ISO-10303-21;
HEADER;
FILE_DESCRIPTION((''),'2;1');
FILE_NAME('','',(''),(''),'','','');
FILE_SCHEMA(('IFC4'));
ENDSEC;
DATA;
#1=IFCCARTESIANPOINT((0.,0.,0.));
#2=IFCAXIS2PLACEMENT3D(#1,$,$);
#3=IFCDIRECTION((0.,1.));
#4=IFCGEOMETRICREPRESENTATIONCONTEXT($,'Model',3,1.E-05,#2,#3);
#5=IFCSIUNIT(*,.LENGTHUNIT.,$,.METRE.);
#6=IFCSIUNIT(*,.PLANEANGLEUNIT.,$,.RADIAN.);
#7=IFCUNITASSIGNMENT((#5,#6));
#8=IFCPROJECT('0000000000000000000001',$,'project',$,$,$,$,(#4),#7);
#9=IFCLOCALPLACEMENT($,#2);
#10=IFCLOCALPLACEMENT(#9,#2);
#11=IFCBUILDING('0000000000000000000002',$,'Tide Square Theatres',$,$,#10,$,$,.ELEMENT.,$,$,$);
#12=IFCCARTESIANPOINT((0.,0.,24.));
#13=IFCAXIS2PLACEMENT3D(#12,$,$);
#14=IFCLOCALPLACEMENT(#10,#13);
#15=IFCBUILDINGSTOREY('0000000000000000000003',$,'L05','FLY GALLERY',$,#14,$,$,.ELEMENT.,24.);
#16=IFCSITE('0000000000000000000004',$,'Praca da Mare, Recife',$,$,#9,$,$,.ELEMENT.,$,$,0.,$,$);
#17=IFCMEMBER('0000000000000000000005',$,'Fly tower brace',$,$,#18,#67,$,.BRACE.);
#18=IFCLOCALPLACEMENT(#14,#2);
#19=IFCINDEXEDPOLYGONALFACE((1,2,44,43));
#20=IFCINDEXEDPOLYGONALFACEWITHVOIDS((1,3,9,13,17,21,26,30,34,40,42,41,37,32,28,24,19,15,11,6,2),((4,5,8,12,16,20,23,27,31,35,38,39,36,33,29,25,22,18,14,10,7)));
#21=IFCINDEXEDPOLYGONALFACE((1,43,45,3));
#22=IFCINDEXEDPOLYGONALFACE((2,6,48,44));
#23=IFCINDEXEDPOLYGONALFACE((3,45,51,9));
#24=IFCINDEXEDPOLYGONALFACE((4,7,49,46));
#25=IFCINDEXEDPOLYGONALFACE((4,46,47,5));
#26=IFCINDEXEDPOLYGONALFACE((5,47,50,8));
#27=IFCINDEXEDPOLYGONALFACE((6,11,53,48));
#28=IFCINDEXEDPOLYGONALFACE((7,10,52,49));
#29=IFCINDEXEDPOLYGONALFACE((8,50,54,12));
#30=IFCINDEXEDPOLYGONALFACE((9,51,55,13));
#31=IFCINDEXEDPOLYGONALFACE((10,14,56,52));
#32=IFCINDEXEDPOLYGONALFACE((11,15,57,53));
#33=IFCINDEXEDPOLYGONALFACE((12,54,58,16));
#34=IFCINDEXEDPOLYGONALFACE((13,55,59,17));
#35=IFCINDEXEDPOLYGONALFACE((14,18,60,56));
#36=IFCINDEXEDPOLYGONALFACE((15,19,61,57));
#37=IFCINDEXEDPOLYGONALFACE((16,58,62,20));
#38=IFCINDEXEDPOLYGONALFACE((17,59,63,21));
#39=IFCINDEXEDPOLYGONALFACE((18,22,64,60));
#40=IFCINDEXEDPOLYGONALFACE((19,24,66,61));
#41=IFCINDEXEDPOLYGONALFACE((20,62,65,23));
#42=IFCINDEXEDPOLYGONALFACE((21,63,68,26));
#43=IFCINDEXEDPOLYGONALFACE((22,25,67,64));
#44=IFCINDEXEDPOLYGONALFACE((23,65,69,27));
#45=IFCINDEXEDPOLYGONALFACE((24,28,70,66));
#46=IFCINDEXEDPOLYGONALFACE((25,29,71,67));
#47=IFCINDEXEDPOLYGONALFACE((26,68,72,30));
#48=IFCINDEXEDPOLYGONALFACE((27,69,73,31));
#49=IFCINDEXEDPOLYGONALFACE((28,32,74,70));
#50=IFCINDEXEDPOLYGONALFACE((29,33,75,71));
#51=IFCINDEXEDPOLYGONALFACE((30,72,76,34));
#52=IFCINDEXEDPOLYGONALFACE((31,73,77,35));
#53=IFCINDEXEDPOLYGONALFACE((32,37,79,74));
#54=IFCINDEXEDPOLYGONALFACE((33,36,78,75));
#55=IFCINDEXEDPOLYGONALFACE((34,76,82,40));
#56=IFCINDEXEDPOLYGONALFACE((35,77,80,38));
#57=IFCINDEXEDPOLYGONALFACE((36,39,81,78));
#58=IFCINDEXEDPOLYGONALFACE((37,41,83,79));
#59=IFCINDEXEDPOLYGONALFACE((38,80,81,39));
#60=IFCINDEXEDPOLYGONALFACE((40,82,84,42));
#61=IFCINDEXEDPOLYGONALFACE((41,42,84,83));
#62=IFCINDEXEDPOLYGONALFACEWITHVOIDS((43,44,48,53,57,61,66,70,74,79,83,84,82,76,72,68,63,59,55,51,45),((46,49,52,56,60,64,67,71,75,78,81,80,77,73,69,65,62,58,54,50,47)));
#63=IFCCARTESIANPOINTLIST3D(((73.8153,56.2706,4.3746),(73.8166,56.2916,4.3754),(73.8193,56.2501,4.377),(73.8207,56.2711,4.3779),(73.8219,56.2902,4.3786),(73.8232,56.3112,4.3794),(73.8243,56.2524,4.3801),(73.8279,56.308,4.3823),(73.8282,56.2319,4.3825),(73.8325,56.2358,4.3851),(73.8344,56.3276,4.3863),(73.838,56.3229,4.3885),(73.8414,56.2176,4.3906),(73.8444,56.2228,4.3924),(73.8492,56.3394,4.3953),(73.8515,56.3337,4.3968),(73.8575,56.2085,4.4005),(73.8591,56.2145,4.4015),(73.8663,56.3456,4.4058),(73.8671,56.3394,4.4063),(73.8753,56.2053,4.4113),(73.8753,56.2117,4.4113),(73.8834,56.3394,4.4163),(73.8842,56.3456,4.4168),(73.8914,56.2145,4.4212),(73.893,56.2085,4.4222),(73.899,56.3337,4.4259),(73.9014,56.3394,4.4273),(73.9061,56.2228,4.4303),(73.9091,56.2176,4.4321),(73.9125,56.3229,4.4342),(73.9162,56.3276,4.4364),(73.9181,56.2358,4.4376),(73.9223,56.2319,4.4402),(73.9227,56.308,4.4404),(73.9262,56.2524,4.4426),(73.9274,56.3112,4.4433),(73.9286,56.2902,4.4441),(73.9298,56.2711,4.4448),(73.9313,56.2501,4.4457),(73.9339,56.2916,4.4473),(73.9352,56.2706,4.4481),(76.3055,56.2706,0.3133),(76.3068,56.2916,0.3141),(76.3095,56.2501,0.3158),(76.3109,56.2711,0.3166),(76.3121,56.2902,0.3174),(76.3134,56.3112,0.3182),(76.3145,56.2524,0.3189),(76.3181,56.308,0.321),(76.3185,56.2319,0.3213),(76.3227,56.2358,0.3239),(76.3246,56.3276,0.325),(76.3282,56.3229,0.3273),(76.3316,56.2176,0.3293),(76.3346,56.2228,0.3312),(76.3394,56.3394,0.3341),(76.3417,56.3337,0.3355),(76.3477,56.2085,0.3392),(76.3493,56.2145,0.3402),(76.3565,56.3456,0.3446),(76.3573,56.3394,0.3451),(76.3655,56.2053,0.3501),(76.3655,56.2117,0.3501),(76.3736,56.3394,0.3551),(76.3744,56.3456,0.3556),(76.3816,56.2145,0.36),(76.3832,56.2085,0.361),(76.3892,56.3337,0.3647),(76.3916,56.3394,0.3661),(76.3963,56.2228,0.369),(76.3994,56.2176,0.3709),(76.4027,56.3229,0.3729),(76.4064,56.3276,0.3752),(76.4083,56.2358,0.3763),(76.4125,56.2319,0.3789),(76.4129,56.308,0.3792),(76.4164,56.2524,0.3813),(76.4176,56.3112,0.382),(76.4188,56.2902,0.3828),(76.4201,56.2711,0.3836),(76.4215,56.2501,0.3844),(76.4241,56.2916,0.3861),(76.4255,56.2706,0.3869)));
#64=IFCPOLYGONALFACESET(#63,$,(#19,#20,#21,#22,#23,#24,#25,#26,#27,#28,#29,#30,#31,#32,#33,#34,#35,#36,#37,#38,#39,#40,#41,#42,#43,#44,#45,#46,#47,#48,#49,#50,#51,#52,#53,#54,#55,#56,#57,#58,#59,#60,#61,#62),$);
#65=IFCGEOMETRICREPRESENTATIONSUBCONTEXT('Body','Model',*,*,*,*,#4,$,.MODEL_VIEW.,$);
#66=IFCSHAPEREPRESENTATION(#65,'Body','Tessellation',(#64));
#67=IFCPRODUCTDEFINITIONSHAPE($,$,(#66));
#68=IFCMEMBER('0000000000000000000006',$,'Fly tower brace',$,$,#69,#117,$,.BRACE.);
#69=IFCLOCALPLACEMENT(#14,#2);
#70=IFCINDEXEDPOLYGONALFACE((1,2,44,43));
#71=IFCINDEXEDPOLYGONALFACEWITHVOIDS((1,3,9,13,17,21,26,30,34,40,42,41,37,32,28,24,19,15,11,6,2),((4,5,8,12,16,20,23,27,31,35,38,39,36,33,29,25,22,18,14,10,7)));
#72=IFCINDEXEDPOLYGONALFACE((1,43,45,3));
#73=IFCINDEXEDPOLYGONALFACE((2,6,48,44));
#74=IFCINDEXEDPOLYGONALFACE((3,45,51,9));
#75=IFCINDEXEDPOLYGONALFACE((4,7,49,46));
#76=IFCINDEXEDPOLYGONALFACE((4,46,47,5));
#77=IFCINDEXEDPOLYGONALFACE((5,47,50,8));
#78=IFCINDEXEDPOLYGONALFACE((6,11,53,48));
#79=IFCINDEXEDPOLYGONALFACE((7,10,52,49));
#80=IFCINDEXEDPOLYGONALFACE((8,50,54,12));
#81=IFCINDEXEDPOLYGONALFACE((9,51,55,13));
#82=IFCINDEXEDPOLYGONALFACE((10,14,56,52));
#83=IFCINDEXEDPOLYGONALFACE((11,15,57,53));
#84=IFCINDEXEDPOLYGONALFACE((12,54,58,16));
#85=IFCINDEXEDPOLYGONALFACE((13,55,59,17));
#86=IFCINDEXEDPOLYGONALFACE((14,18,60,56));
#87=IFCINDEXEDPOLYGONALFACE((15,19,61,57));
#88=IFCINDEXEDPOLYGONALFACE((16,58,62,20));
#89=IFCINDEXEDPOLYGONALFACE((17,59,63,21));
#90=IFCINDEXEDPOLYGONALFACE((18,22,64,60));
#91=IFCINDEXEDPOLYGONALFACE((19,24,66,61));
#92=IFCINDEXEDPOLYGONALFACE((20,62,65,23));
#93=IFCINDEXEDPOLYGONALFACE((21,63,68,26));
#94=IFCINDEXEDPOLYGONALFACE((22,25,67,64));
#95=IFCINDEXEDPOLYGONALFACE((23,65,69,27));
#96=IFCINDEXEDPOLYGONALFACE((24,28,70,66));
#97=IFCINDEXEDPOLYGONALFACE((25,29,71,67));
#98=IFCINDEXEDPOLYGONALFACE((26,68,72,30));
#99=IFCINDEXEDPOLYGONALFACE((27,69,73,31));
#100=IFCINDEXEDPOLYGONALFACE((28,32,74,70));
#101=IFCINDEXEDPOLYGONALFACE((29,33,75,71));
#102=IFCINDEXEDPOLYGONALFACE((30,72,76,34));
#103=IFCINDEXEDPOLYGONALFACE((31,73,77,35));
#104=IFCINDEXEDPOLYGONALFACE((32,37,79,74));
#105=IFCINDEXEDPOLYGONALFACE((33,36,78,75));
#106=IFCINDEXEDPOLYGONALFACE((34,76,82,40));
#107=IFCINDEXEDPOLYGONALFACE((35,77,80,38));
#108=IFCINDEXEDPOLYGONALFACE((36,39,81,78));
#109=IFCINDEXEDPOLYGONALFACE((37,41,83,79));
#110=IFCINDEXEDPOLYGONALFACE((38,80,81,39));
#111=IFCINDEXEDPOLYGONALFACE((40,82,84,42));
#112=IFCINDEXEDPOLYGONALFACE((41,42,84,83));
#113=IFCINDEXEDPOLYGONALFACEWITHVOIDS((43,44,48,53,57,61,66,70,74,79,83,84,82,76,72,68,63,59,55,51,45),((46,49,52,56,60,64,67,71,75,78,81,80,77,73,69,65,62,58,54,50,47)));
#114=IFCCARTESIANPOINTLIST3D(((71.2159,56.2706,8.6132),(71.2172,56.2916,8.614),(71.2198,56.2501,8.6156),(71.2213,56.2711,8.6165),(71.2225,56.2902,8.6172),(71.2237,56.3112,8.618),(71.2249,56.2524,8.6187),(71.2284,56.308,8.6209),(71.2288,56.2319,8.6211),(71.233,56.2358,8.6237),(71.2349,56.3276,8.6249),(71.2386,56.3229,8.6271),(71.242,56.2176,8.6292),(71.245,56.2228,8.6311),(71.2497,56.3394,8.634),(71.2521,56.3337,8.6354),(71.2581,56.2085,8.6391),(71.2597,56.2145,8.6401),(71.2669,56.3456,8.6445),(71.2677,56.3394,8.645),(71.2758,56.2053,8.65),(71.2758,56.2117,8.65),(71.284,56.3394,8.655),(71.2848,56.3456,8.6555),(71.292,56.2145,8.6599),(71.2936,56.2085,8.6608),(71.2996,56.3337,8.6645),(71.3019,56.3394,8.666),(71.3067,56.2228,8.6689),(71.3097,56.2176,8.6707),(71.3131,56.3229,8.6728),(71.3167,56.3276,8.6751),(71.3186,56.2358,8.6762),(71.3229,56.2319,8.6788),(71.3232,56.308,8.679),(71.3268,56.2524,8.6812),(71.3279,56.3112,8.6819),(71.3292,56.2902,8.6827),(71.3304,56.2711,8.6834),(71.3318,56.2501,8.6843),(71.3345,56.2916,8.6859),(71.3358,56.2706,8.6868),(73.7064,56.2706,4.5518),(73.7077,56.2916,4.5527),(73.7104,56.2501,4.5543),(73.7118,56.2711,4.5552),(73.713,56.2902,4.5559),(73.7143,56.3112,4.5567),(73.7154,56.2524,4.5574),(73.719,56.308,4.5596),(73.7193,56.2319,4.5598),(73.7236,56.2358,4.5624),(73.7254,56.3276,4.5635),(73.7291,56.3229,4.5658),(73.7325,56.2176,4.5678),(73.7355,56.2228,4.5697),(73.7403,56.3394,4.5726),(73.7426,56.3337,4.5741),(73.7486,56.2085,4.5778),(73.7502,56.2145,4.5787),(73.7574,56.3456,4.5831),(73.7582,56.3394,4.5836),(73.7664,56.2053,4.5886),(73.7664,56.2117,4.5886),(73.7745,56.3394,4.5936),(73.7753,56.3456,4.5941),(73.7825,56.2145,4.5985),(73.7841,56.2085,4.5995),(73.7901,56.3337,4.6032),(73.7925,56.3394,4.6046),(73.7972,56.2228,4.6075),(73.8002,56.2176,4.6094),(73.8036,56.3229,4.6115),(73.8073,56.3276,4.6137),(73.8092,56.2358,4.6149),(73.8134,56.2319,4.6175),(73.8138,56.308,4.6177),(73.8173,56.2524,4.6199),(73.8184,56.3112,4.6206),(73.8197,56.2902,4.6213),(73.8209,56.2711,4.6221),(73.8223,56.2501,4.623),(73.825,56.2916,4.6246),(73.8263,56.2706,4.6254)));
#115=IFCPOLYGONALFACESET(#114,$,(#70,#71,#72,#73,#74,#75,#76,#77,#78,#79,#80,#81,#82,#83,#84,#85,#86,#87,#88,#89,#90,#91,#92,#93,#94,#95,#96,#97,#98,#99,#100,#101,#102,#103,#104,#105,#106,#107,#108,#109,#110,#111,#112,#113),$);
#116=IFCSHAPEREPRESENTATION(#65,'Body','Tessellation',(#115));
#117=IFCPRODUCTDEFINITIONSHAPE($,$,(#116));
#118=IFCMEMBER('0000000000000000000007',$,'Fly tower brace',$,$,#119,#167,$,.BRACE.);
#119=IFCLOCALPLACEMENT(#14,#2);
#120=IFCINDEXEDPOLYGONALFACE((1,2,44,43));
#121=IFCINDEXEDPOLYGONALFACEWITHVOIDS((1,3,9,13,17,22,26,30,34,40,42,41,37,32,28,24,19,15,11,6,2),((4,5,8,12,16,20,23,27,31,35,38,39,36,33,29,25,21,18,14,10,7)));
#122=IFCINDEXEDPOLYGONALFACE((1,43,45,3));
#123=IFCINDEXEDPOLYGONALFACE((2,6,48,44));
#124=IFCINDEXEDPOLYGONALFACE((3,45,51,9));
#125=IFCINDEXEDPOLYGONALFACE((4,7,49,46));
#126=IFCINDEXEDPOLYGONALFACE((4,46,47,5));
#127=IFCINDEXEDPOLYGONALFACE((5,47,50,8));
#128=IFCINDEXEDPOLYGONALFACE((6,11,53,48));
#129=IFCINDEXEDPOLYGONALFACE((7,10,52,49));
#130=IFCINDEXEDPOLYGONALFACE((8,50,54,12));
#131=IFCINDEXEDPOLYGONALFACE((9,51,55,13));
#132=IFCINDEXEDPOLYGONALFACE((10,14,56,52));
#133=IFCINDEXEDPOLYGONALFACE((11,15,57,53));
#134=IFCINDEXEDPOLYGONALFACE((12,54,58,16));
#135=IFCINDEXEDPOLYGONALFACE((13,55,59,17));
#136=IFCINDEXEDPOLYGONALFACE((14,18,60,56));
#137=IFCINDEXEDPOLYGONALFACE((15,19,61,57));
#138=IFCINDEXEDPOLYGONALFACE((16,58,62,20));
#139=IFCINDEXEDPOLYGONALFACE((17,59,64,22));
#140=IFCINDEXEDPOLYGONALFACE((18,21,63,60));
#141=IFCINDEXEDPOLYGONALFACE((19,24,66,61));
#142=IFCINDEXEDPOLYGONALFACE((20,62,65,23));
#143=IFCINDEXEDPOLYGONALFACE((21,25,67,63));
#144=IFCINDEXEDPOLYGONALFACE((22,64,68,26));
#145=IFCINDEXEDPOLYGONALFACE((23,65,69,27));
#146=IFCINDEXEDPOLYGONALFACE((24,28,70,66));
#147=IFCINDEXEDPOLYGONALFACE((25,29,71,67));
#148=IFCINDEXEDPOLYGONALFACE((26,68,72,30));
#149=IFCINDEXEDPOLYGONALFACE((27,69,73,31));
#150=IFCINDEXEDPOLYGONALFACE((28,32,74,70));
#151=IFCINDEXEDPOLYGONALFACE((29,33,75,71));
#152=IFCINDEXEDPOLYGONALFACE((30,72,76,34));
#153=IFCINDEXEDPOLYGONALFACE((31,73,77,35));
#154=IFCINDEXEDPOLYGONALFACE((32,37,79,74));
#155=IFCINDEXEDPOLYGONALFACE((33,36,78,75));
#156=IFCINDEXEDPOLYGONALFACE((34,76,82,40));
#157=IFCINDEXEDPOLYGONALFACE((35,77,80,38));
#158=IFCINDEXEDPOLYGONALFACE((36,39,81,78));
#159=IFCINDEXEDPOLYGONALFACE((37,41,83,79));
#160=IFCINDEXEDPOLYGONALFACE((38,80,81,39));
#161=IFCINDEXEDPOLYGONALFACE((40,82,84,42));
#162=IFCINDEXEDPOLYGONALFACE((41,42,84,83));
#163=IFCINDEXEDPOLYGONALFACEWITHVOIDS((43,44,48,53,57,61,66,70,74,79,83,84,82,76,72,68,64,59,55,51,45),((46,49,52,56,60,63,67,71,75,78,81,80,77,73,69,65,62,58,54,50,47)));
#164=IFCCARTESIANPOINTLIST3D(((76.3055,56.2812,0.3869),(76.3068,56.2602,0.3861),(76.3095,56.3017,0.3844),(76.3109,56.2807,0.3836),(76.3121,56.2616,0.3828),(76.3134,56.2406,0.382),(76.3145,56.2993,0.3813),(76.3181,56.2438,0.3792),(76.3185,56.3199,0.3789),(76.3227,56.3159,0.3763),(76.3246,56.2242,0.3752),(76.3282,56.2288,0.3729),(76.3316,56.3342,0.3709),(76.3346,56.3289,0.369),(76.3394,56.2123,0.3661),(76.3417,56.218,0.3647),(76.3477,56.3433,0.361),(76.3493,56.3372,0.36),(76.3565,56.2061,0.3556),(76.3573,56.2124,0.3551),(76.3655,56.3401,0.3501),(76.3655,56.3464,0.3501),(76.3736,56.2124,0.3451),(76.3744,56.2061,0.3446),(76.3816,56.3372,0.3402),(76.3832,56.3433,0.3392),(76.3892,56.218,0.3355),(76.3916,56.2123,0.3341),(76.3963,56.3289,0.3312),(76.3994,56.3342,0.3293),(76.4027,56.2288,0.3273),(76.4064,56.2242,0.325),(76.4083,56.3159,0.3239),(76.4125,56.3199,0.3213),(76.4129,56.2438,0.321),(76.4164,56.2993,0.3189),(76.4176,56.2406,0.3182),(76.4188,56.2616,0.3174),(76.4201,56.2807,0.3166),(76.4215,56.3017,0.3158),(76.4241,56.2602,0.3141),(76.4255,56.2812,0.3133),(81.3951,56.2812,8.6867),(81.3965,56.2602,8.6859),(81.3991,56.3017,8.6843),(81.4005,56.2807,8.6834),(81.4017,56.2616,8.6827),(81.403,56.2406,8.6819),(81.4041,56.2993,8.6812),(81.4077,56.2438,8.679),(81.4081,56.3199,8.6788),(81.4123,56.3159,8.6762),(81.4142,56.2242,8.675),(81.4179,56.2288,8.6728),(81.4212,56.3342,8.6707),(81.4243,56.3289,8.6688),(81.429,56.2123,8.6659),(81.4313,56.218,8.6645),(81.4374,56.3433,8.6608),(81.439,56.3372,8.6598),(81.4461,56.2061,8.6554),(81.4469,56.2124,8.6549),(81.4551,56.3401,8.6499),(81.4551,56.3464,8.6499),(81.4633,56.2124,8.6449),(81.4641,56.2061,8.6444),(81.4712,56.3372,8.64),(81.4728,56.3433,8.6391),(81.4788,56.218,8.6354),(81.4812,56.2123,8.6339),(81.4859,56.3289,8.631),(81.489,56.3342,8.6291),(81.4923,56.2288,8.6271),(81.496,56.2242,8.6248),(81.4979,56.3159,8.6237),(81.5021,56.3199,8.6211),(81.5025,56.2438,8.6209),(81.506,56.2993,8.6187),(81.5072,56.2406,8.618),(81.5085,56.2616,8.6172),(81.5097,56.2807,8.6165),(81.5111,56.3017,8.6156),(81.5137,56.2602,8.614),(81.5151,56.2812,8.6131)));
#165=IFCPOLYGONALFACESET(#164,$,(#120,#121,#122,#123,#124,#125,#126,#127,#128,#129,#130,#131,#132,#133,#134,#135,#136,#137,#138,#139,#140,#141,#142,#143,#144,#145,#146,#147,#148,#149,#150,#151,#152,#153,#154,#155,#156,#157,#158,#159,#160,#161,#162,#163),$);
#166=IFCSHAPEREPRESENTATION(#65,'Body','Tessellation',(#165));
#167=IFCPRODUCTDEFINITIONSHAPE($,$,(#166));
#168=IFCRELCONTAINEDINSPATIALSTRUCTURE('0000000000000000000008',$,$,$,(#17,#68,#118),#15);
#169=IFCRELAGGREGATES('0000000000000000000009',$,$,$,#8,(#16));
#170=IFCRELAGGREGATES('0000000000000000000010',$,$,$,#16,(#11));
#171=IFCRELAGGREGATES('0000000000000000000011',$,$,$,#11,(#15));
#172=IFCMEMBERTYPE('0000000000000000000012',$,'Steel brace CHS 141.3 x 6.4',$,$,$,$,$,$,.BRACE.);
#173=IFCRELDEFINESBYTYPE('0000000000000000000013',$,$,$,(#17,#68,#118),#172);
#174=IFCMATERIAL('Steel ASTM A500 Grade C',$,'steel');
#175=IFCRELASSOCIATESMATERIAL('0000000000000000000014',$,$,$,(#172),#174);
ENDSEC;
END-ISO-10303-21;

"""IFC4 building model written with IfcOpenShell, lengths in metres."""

from ifc_helpers import new_model, si_unit, direction, frame, origin, origin_2d, place, context, subcontext, project, spatial, hollow_circle, extrude, material, material_profile, profile_set, type_object, element, save


model = new_model("IFC4")

# Units and contexts
model_context = context("Model", 3, precision=1e-05, world=origin(), true_north=direction((0.0, 1.0)))
body_context = subcontext(model_context, "Body", "Model", "MODEL_VIEW")
ifc_project = project(units=[si_unit("LENGTHUNIT", "METRE"), si_unit("PLANEANGLEUNIT", "RADIAN")], contexts=[model_context])

# Site, building, storey
site_placement = place(None, origin())
site = spatial("IfcSite", under=ifc_project, at=site_placement, Name="Praca da Mare, Recife", CompositionType="ELEMENT", RefElevation=0.0)
building_placement = place(site_placement, origin())
building = spatial("IfcBuilding", under=site, at=building_placement, Name="Tide Square Theatres", CompositionType="ELEMENT")
storey_placement = place(building_placement, frame((0.0, 0.0, 24.0)))
storey = spatial("IfcBuildingStorey", under=building, at=storey_placement, Name="L05", Description="FLY GALLERY", CompositionType="ELEMENT", Elevation=24.0)

# Members
ifc_material_1 = material(Name="Steel ASTM A500 Grade C", Category="steel")
ifc_material_profile_1 = material_profile(ifc_material_1, hollow_circle(Radius=0.0706, WallThickness=0.0063, at=origin_2d()))
ifc_profile_set_1 = profile_set([ifc_material_profile_1], Name="Steel ASTM A500 Grade C")
member_type = type_object("IfcMemberType", Name="Steel brace CHS 141.3 x 6.4", PredefinedType="BRACE", material=ifc_profile_set_1)
member_1_placement = place(storey_placement, frame((76.3655, 56.2759, 0.3501), z_axis=(-0.522724, 0.0, 0.852502), x_axis=(0.0, -1.0, 0.0)))
element("IfcMember", 1, at=member_1_placement, inside=storey, type_object=member_type, Name="Fly tower brace", PredefinedType="BRACE", context=body_context, shape_type="SweptSolid", body=[
    extrude(hollow_circle(Radius=0.0706, WallThickness=0.0063, at=origin_2d()), origin(), (0.0, 0.0, 1.0), 4.7639),
])
member_2_placement = place(storey_placement, frame((73.7664, 56.2759, 4.5886), z_axis=(-0.522762, 0.0, 0.852479), x_axis=(0.0, -1.0, 0.0)))
element("IfcMember", 2, at=member_2_placement, inside=storey, type_object=member_type, Name="Fly tower brace", PredefinedType="BRACE", context=body_context, shape_type="SweptSolid", body=[
    extrude(hollow_circle(Radius=0.0706, WallThickness=0.0063, at=origin_2d()), origin(), (0.0, 0.0, 1.0), 4.7642),
])
member_3_placement = place(storey_placement, frame((76.3655, 56.2759, 0.3501), z_axis=(0.522758, 0.0, 0.852481), x_axis=(0.0, 1.0, 0.0)))
element("IfcMember", 3, at=member_3_placement, inside=storey, type_object=member_type, Name="Fly tower brace", PredefinedType="BRACE", context=body_context, shape_type="SweptSolid", body=[
    extrude(hollow_circle(Radius=0.0706, WallThickness=0.0063, at=origin_2d()), origin(), (0.0, 0.0, 1.0), 9.7361),
])

save(model, "model.ifc")
